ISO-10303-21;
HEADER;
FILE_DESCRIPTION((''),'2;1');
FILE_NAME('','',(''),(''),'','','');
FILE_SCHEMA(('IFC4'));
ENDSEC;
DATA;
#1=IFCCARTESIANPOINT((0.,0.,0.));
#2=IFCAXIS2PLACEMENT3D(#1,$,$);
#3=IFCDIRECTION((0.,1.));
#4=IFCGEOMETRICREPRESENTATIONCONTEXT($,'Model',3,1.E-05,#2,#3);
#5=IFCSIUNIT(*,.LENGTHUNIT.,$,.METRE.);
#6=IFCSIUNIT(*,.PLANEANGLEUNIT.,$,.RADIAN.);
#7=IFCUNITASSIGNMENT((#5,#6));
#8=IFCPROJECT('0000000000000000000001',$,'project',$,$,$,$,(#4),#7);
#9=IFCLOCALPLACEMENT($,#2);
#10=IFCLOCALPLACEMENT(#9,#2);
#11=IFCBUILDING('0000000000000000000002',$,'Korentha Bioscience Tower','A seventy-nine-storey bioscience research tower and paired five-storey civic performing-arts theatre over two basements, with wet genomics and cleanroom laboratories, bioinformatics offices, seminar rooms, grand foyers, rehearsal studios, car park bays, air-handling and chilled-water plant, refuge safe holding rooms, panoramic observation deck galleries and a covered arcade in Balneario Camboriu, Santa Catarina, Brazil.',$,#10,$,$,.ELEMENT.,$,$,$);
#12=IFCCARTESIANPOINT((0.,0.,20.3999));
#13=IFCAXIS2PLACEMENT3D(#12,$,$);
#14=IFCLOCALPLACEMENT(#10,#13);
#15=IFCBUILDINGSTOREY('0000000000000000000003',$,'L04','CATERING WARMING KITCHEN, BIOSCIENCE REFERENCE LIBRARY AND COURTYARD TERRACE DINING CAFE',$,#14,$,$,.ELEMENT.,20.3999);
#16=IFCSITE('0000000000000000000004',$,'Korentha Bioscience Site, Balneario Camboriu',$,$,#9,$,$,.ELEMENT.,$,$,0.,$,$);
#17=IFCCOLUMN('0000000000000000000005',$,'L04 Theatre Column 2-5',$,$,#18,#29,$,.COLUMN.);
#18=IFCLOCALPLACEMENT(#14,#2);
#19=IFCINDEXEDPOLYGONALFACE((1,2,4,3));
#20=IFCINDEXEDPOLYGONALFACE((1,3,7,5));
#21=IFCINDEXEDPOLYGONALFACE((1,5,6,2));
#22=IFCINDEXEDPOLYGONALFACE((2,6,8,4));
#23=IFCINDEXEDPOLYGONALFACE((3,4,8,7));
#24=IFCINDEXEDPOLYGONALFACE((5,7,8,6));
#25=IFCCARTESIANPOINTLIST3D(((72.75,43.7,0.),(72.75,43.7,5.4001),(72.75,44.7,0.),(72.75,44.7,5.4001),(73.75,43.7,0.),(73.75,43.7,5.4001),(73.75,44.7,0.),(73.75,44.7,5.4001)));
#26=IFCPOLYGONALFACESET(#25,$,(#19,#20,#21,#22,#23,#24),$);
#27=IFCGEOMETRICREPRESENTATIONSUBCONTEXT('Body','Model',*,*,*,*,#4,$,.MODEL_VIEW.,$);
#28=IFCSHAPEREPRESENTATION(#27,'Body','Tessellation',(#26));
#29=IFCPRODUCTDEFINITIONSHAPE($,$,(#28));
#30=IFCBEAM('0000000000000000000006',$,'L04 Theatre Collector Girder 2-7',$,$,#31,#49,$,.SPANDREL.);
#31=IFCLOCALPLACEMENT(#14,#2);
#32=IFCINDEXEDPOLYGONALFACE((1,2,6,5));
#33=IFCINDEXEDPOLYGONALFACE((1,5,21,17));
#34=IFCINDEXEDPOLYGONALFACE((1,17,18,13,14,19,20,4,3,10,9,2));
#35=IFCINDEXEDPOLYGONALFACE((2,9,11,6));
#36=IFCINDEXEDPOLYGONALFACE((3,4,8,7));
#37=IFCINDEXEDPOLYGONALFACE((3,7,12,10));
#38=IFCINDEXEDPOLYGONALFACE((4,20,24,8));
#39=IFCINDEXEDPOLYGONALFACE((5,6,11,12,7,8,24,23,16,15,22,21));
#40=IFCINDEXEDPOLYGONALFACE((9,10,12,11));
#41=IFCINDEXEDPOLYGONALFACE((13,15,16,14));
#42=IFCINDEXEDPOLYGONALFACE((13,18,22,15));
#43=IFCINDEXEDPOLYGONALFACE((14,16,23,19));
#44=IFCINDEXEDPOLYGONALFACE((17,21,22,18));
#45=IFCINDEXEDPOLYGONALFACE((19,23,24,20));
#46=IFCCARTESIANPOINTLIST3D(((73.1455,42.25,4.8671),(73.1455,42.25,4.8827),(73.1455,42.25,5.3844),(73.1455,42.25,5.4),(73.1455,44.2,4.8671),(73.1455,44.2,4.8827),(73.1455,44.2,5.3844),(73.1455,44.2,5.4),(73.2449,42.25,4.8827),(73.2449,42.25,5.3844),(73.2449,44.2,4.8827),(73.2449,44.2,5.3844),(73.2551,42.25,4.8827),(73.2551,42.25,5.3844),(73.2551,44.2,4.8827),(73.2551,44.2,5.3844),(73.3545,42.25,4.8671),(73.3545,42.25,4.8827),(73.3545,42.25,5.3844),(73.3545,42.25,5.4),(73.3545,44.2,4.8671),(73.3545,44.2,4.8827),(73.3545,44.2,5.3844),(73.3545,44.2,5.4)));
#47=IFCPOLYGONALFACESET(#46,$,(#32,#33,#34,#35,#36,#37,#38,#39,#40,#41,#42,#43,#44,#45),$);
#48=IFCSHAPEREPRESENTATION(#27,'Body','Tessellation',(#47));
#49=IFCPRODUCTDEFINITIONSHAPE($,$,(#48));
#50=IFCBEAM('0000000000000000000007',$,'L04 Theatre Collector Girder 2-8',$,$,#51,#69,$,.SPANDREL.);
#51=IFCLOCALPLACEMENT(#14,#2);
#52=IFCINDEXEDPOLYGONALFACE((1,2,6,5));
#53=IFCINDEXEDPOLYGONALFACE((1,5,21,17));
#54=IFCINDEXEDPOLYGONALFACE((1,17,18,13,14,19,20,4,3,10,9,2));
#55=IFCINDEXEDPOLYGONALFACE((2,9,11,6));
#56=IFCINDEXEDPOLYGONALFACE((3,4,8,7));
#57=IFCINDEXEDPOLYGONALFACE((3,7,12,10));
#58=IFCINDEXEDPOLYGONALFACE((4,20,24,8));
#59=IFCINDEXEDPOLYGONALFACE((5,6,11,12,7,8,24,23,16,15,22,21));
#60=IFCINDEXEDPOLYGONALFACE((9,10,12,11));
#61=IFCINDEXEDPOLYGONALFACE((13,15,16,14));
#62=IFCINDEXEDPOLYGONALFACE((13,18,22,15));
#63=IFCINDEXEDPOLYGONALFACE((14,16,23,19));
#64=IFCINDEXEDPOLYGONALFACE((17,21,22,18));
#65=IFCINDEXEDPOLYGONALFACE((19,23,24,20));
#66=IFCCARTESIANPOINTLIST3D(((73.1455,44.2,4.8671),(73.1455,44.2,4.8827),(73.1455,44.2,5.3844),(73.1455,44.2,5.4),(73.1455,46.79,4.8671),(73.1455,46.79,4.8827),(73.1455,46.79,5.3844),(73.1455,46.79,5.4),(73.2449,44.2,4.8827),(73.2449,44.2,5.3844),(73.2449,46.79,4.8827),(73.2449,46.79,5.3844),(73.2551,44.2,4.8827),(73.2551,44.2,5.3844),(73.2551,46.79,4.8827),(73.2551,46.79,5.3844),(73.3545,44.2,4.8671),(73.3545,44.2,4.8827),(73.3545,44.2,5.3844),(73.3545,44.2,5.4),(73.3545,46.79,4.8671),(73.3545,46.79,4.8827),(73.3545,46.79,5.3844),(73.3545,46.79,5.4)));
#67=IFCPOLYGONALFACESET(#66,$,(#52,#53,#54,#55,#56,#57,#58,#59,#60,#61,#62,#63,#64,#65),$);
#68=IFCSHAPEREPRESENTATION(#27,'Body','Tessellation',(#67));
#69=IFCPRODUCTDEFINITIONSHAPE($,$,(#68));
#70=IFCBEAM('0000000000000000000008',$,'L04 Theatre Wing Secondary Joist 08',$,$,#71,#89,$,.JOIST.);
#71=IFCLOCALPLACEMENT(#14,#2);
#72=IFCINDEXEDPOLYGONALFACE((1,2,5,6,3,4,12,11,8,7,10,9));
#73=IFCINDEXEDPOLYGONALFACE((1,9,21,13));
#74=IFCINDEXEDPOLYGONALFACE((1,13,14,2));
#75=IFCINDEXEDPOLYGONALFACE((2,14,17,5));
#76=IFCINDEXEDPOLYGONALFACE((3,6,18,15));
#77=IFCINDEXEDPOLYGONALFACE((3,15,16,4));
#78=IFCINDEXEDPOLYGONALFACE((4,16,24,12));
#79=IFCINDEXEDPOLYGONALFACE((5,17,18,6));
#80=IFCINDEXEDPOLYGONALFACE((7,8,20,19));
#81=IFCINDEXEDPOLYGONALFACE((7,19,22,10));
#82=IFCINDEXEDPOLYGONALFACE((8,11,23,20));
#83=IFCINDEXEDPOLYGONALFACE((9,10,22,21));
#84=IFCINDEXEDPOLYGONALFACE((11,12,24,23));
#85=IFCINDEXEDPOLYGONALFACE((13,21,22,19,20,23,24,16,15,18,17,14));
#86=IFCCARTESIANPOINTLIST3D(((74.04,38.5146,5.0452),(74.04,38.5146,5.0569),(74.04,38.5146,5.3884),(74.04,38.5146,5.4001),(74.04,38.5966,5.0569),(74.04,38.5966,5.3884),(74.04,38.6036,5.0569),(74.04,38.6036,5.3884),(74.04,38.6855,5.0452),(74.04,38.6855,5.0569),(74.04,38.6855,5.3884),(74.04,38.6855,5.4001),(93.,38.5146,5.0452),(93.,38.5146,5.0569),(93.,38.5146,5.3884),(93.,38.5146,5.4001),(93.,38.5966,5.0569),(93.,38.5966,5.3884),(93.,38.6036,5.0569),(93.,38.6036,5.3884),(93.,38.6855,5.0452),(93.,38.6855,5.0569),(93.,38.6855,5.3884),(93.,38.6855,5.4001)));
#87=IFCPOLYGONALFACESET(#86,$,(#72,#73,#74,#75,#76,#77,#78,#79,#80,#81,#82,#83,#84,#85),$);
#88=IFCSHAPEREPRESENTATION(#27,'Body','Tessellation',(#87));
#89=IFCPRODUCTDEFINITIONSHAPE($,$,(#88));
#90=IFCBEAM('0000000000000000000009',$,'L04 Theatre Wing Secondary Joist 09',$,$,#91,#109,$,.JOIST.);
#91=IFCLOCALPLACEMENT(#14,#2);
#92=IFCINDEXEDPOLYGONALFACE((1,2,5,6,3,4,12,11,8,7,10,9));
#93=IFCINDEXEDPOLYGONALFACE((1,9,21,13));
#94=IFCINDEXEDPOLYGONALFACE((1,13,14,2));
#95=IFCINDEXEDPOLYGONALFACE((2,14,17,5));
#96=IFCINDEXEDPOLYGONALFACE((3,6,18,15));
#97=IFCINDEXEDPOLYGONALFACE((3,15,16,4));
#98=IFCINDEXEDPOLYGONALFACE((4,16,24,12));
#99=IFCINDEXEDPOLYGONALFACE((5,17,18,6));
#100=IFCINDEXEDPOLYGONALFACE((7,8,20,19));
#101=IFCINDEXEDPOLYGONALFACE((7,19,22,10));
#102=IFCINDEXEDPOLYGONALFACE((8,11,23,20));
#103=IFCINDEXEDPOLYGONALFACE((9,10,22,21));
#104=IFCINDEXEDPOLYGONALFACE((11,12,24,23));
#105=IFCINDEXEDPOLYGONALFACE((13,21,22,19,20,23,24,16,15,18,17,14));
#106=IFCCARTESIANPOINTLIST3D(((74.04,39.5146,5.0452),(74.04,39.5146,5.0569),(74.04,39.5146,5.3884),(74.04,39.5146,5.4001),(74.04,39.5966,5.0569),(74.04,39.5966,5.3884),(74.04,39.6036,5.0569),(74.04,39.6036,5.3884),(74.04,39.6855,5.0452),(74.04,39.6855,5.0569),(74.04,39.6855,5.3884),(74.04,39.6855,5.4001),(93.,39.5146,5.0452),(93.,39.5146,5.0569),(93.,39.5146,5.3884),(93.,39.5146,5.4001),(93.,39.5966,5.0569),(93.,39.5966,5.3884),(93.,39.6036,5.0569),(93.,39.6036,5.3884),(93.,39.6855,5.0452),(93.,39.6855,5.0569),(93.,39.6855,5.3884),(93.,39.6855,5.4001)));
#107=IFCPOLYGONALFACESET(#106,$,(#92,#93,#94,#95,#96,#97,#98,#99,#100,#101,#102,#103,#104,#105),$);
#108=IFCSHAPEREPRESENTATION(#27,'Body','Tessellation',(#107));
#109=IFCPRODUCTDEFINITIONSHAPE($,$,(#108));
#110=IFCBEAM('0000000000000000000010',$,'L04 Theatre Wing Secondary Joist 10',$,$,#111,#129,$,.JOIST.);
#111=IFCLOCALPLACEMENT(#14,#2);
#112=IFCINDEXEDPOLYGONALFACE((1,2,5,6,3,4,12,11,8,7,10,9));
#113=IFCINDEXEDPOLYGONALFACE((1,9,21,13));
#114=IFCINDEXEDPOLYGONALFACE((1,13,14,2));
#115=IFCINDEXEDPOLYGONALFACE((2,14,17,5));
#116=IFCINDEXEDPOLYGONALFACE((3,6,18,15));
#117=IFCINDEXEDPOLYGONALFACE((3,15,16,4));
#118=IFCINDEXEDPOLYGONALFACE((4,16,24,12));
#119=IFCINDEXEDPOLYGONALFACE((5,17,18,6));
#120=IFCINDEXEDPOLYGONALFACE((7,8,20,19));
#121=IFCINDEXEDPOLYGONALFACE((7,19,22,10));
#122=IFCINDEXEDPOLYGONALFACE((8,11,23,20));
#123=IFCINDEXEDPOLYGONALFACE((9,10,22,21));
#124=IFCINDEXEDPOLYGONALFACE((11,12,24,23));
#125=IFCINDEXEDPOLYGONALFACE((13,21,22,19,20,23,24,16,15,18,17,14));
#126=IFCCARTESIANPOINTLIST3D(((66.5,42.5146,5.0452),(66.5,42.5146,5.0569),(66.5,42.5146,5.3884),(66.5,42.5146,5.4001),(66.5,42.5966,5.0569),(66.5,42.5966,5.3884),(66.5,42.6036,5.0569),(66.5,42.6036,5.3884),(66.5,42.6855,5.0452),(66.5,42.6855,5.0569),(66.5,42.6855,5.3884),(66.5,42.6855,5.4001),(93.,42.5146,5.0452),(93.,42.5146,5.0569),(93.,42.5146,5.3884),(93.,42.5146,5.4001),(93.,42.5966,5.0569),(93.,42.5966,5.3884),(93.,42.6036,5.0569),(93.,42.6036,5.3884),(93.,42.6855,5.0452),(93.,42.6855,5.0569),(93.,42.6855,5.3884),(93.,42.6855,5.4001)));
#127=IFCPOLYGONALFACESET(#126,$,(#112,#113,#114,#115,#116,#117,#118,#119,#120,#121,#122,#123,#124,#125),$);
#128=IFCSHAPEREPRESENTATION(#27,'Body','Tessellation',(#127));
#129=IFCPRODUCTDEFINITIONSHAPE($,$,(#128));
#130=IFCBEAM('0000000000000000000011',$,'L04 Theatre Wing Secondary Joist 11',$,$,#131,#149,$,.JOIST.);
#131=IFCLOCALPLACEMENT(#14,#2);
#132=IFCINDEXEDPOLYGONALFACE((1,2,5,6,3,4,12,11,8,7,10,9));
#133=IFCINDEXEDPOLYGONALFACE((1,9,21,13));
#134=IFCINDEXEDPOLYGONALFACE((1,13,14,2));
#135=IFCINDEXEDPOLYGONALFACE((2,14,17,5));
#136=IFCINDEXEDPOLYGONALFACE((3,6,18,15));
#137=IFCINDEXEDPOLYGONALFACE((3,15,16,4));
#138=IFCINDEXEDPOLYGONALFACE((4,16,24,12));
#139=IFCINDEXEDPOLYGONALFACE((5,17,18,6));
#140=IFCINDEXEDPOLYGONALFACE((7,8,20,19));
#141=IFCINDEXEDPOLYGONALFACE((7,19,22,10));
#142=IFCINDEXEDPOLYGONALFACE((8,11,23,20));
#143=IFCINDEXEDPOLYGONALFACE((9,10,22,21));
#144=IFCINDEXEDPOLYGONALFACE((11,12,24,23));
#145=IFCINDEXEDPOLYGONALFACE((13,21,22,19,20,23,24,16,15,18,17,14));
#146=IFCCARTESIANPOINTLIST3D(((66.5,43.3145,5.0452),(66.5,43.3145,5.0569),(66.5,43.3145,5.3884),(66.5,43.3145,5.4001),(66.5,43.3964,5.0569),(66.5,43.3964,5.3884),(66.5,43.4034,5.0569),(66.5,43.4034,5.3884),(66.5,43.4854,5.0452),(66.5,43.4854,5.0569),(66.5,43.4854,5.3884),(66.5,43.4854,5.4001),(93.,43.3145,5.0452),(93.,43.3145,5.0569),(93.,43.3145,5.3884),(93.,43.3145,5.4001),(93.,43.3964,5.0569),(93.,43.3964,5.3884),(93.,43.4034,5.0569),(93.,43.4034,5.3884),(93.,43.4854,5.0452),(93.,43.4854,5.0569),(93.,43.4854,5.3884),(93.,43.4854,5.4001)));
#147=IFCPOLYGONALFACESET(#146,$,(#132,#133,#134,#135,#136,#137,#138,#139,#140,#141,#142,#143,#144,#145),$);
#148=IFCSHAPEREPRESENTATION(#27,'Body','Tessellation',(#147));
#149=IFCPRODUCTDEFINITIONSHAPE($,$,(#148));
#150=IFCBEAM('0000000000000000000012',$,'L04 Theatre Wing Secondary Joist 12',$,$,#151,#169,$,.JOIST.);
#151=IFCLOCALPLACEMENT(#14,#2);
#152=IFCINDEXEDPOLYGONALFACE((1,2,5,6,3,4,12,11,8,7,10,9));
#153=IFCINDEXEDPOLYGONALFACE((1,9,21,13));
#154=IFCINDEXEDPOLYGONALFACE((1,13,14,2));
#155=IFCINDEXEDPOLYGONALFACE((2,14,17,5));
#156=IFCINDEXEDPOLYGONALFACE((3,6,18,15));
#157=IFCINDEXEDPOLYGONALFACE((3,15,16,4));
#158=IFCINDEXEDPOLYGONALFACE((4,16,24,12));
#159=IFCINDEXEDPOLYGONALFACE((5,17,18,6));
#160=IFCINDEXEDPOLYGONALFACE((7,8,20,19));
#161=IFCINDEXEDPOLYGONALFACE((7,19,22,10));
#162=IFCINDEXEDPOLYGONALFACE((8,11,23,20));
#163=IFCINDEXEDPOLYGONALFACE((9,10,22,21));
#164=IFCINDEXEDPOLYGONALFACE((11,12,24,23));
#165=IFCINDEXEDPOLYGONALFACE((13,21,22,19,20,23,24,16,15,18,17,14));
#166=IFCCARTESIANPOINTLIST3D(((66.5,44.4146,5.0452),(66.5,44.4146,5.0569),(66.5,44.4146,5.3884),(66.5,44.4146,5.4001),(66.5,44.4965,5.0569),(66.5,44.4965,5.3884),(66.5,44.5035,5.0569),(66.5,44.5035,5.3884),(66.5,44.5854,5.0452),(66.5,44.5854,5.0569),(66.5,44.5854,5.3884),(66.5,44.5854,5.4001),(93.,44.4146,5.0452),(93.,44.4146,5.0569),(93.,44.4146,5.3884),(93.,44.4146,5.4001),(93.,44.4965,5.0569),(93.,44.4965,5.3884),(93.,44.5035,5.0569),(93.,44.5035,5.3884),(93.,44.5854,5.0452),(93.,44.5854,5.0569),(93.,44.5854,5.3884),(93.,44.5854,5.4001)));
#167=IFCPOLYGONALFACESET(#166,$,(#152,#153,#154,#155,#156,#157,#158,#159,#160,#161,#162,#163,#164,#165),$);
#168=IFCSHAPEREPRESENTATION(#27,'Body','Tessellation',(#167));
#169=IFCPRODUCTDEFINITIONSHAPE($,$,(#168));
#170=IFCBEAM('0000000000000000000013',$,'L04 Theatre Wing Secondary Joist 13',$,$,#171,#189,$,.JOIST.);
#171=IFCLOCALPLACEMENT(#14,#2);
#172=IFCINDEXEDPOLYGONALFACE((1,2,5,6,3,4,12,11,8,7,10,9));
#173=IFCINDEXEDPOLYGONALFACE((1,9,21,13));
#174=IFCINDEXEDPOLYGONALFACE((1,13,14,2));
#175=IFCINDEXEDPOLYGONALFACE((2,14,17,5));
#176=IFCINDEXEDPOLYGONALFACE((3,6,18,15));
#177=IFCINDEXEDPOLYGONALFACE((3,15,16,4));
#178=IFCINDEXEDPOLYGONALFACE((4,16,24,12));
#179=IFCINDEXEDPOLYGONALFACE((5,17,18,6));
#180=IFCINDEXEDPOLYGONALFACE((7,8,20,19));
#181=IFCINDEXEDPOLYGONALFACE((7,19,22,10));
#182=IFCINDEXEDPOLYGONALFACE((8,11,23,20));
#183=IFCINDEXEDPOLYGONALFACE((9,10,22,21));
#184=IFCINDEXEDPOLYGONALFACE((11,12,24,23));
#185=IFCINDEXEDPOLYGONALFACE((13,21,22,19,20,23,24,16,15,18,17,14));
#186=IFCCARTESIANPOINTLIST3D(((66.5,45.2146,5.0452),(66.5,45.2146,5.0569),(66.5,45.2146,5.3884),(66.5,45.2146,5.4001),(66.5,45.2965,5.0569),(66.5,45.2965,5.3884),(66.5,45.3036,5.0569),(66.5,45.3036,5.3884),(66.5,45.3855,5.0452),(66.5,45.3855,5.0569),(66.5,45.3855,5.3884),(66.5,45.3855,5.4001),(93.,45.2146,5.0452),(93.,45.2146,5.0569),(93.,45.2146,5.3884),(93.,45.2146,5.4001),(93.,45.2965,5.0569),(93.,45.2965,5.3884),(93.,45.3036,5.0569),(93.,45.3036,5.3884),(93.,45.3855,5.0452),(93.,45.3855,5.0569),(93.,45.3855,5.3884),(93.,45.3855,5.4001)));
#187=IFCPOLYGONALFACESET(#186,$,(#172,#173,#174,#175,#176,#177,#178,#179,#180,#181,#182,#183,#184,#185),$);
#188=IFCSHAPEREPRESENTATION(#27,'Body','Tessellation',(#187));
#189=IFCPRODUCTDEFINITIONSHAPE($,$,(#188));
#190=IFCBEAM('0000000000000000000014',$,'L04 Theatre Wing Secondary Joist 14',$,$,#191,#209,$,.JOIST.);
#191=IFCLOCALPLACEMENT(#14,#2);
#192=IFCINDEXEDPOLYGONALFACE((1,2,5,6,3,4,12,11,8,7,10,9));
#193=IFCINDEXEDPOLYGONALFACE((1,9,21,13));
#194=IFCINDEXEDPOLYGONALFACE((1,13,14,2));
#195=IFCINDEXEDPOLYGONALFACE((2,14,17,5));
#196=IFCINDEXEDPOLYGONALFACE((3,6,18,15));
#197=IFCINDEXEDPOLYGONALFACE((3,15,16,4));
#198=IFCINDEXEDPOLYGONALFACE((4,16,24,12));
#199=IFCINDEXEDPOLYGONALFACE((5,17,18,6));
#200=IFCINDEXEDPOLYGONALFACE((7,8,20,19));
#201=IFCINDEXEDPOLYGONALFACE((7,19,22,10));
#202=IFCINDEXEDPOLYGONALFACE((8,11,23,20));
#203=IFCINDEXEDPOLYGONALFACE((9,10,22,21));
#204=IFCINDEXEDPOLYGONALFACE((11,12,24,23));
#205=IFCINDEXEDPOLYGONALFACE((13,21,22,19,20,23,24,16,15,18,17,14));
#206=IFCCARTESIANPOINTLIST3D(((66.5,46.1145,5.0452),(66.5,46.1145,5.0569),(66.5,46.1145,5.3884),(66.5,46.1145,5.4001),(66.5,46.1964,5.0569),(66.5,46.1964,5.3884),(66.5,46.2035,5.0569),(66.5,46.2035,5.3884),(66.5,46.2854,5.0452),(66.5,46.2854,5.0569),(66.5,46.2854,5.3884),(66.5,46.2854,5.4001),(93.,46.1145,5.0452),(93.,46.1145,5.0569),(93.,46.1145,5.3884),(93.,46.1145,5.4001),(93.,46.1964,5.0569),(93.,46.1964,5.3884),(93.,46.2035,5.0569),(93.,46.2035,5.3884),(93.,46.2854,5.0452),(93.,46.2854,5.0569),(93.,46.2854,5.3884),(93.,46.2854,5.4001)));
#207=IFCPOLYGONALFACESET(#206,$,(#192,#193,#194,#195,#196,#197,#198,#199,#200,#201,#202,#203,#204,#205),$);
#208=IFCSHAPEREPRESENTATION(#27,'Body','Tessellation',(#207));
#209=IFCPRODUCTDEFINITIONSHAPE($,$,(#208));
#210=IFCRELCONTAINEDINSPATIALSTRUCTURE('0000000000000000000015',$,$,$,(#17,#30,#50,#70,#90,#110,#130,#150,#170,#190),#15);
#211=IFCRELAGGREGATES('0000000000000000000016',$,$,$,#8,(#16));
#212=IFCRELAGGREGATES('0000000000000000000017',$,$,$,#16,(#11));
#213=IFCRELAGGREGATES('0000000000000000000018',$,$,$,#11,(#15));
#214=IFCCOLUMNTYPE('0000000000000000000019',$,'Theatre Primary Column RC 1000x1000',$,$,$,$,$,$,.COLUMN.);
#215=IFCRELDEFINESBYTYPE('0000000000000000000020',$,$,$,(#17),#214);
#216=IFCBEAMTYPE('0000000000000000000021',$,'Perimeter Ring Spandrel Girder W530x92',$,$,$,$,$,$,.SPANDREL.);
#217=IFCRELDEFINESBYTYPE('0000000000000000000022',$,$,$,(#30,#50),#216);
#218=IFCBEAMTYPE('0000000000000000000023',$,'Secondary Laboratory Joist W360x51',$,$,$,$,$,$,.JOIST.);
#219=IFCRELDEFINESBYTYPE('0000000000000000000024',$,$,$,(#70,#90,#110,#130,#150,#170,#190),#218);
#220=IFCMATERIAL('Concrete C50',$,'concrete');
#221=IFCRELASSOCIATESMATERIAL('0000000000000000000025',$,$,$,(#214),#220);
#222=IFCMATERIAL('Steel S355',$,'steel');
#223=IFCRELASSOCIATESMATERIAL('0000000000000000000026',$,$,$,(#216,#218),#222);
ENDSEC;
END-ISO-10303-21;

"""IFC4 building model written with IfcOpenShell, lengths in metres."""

from ifc_helpers import new_model, si_unit, direction, frame, origin, origin_2d, place, context, subcontext, project, spatial, rectangle, i_section, extrude, material, material_profile, profile_set, type_object, element, save


model = new_model("IFC4")

# Units and contexts
model_context = context("Model", 3, precision=1e-05, world=origin(), true_north=direction((0.0, 1.0)))
body_context = subcontext(model_context, "Body", "Model", "MODEL_VIEW")
ifc_project = project(units=[si_unit("LENGTHUNIT", "METRE"), si_unit("PLANEANGLEUNIT", "RADIAN")], contexts=[model_context])

# Site, building, storey
site_placement = place(None, origin())
site = spatial("IfcSite", under=ifc_project, at=site_placement, Name="Korentha Bioscience Site, Balneario Camboriu", CompositionType="ELEMENT", RefElevation=0.0)
building_placement = place(site_placement, origin())
building = spatial("IfcBuilding", under=site, at=building_placement, Name="Korentha Bioscience Tower", Description="A seventy-nine-storey bioscience research tower and paired five-storey civic performing-arts theatre over two basements, with wet genomics and cleanroom laboratories, bioinformatics offices, seminar rooms, grand foyers, rehearsal studios, car park bays, air-handling and chilled-water plant, refuge safe holding rooms, panoramic observation deck galleries and a covered arcade in Balneario Camboriu, Santa Catarina, Brazil.", CompositionType="ELEMENT")
storey_placement = place(building_placement, frame((0.0, 0.0, 20.3999)))
storey = spatial("IfcBuildingStorey", under=building, at=storey_placement, Name="L04", Description="CATERING WARMING KITCHEN, BIOSCIENCE REFERENCE LIBRARY AND COURTYARD TERRACE DINING CAFE", CompositionType="ELEMENT", Elevation=20.3999)

# Column
ifc_material_1 = material(Name="Concrete C50", Category="concrete")
ifc_material_profile_1 = material_profile(ifc_material_1, rectangle(XDim=1.0, YDim=1.0, at=origin_2d()), Name="Concrete C50")
ifc_profile_set_1 = profile_set([ifc_material_profile_1], Name="Concrete C50 (TC-01)")
column_type = type_object("IfcColumnType", Name="Theatre Primary Column RC 1000x1000", PredefinedType="COLUMN", material=ifc_profile_set_1)
column_placement = place(storey_placement, frame((73.25, 44.2, 0.0), z_axis=(0.0, 0.0, 1.0), x_axis=(1.0, 0.0, 0.0)))
element("IfcColumn", 1, at=column_placement, inside=storey, type_object=column_type, Name="L04 Theatre Column 2-5", PredefinedType="COLUMN", context=body_context, shape_type="SweptSolid", body=[
    extrude(rectangle(XDim=1.0, YDim=1.0, at=origin_2d()), origin(), (0.0, 0.0, 1.0), 5.4001),
])

# Beams
ifc_material_2 = material(Name="Steel S355", Category="steel")
ifc_material_profile_2 = material_profile(ifc_material_2, i_section(OverallWidth=0.209, OverallDepth=0.533, WebThickness=0.0103, FlangeThickness=0.0156, at=origin_2d()), Name="Steel S355")
ifc_profile_set_2 = profile_set([ifc_material_profile_2], Name="Steel S355 (SB-530)")
beam_type_1 = type_object("IfcBeamType", Name="Perimeter Ring Spandrel Girder W530x92", PredefinedType="SPANDREL", material=ifc_profile_set_2)
beam_1_placement = place(storey_placement, frame((73.25, 42.25, 5.1335), z_axis=(0.0, 1.0, 0.0), x_axis=(-1.0, 0.0, 0.0)))
element("IfcBeam", 2, at=beam_1_placement, inside=storey, type_object=beam_type_1, Name="L04 Theatre Collector Girder 2-7", PredefinedType="SPANDREL", context=body_context, shape_type="SweptSolid", body=[
    extrude(i_section(OverallWidth=0.209, OverallDepth=0.533, WebThickness=0.0103, FlangeThickness=0.0156, at=origin_2d()), origin(), (0.0, 0.0, 1.0), 1.95),
])
beam_2_placement = place(storey_placement, frame((73.25, 44.2, 5.1335), z_axis=(0.0, 1.0, 0.0), x_axis=(-1.0, 0.0, 0.0)))
element("IfcBeam", 3, at=beam_2_placement, inside=storey, type_object=beam_type_1, Name="L04 Theatre Collector Girder 2-8", PredefinedType="SPANDREL", context=body_context, shape_type="SweptSolid", body=[
    extrude(i_section(OverallWidth=0.209, OverallDepth=0.533, WebThickness=0.0103, FlangeThickness=0.0156, at=origin_2d()), origin(), (0.0, 0.0, 1.0), 2.5901),
])
ifc_material_profile_3 = material_profile(ifc_material_2, i_section(OverallWidth=0.1709, OverallDepth=0.355, WebThickness=0.0071, FlangeThickness=0.0117, at=origin_2d()), Name="Steel S355")
ifc_profile_set_3 = profile_set([ifc_material_profile_3], Name="Steel S355 (JB-360)")
beam_type_2 = type_object("IfcBeamType", Name="Secondary Laboratory Joist W360x51", PredefinedType="JOIST", material=ifc_profile_set_3)
for number, where, z_axis, x_axis, name in (
    (4, (74.04, 38.6001, 5.2227), (1.0, 0.0, 0.0), (0.0, 1.0, 0.0), "L04 Theatre Wing Secondary Joist 08"),
    (5, (74.04, 39.6001, 5.2227), (1.0, 0.0, 0.0), (0.0, 1.0, 0.0), "L04 Theatre Wing Secondary Joist 09"),
):
    element("IfcBeam", number, at=place(storey_placement, frame(where, z_axis=z_axis, x_axis=x_axis)), inside=storey, type_object=beam_type_2, Name=name, PredefinedType="JOIST", context=body_context, shape_type="SweptSolid", body=[
        extrude(i_section(OverallWidth=0.1709, OverallDepth=0.355, WebThickness=0.0071, FlangeThickness=0.0117, at=origin_2d()), origin(), (0.0, 0.0, 1.0), 18.96),
    ])
for number, where, z_axis, x_axis, name in (
    (6, (66.5, 42.6001, 5.2227), (1.0, 0.0, 0.0), (0.0, 1.0, 0.0), "L04 Theatre Wing Secondary Joist 10"),
    (7, (66.5, 43.3999, 5.2227), (1.0, 0.0, 0.0), (0.0, 1.0, 0.0), "L04 Theatre Wing Secondary Joist 11"),
    (8, (66.5, 44.5, 5.2227), (1.0, 0.0, 0.0), (0.0, 1.0, 0.0), "L04 Theatre Wing Secondary Joist 12"),
    (9, (66.5, 45.3, 5.2227), (1.0, 0.0, 0.0), (0.0, 1.0, 0.0), "L04 Theatre Wing Secondary Joist 13"),
    (10, (66.5, 46.2, 5.2227), (1.0, 0.0, 0.0), (0.0, 1.0, 0.0), "L04 Theatre Wing Secondary Joist 14"),
):
    element("IfcBeam", number, at=place(storey_placement, frame(where, z_axis=z_axis, x_axis=x_axis)), inside=storey, type_object=beam_type_2, Name=name, PredefinedType="JOIST", context=body_context, shape_type="SweptSolid", body=[
        extrude(i_section(OverallWidth=0.1709, OverallDepth=0.355, WebThickness=0.0071, FlangeThickness=0.0117, at=origin_2d()), origin(), (0.0, 0.0, 1.0), 26.5),
    ])

save(model, "model.ifc")
